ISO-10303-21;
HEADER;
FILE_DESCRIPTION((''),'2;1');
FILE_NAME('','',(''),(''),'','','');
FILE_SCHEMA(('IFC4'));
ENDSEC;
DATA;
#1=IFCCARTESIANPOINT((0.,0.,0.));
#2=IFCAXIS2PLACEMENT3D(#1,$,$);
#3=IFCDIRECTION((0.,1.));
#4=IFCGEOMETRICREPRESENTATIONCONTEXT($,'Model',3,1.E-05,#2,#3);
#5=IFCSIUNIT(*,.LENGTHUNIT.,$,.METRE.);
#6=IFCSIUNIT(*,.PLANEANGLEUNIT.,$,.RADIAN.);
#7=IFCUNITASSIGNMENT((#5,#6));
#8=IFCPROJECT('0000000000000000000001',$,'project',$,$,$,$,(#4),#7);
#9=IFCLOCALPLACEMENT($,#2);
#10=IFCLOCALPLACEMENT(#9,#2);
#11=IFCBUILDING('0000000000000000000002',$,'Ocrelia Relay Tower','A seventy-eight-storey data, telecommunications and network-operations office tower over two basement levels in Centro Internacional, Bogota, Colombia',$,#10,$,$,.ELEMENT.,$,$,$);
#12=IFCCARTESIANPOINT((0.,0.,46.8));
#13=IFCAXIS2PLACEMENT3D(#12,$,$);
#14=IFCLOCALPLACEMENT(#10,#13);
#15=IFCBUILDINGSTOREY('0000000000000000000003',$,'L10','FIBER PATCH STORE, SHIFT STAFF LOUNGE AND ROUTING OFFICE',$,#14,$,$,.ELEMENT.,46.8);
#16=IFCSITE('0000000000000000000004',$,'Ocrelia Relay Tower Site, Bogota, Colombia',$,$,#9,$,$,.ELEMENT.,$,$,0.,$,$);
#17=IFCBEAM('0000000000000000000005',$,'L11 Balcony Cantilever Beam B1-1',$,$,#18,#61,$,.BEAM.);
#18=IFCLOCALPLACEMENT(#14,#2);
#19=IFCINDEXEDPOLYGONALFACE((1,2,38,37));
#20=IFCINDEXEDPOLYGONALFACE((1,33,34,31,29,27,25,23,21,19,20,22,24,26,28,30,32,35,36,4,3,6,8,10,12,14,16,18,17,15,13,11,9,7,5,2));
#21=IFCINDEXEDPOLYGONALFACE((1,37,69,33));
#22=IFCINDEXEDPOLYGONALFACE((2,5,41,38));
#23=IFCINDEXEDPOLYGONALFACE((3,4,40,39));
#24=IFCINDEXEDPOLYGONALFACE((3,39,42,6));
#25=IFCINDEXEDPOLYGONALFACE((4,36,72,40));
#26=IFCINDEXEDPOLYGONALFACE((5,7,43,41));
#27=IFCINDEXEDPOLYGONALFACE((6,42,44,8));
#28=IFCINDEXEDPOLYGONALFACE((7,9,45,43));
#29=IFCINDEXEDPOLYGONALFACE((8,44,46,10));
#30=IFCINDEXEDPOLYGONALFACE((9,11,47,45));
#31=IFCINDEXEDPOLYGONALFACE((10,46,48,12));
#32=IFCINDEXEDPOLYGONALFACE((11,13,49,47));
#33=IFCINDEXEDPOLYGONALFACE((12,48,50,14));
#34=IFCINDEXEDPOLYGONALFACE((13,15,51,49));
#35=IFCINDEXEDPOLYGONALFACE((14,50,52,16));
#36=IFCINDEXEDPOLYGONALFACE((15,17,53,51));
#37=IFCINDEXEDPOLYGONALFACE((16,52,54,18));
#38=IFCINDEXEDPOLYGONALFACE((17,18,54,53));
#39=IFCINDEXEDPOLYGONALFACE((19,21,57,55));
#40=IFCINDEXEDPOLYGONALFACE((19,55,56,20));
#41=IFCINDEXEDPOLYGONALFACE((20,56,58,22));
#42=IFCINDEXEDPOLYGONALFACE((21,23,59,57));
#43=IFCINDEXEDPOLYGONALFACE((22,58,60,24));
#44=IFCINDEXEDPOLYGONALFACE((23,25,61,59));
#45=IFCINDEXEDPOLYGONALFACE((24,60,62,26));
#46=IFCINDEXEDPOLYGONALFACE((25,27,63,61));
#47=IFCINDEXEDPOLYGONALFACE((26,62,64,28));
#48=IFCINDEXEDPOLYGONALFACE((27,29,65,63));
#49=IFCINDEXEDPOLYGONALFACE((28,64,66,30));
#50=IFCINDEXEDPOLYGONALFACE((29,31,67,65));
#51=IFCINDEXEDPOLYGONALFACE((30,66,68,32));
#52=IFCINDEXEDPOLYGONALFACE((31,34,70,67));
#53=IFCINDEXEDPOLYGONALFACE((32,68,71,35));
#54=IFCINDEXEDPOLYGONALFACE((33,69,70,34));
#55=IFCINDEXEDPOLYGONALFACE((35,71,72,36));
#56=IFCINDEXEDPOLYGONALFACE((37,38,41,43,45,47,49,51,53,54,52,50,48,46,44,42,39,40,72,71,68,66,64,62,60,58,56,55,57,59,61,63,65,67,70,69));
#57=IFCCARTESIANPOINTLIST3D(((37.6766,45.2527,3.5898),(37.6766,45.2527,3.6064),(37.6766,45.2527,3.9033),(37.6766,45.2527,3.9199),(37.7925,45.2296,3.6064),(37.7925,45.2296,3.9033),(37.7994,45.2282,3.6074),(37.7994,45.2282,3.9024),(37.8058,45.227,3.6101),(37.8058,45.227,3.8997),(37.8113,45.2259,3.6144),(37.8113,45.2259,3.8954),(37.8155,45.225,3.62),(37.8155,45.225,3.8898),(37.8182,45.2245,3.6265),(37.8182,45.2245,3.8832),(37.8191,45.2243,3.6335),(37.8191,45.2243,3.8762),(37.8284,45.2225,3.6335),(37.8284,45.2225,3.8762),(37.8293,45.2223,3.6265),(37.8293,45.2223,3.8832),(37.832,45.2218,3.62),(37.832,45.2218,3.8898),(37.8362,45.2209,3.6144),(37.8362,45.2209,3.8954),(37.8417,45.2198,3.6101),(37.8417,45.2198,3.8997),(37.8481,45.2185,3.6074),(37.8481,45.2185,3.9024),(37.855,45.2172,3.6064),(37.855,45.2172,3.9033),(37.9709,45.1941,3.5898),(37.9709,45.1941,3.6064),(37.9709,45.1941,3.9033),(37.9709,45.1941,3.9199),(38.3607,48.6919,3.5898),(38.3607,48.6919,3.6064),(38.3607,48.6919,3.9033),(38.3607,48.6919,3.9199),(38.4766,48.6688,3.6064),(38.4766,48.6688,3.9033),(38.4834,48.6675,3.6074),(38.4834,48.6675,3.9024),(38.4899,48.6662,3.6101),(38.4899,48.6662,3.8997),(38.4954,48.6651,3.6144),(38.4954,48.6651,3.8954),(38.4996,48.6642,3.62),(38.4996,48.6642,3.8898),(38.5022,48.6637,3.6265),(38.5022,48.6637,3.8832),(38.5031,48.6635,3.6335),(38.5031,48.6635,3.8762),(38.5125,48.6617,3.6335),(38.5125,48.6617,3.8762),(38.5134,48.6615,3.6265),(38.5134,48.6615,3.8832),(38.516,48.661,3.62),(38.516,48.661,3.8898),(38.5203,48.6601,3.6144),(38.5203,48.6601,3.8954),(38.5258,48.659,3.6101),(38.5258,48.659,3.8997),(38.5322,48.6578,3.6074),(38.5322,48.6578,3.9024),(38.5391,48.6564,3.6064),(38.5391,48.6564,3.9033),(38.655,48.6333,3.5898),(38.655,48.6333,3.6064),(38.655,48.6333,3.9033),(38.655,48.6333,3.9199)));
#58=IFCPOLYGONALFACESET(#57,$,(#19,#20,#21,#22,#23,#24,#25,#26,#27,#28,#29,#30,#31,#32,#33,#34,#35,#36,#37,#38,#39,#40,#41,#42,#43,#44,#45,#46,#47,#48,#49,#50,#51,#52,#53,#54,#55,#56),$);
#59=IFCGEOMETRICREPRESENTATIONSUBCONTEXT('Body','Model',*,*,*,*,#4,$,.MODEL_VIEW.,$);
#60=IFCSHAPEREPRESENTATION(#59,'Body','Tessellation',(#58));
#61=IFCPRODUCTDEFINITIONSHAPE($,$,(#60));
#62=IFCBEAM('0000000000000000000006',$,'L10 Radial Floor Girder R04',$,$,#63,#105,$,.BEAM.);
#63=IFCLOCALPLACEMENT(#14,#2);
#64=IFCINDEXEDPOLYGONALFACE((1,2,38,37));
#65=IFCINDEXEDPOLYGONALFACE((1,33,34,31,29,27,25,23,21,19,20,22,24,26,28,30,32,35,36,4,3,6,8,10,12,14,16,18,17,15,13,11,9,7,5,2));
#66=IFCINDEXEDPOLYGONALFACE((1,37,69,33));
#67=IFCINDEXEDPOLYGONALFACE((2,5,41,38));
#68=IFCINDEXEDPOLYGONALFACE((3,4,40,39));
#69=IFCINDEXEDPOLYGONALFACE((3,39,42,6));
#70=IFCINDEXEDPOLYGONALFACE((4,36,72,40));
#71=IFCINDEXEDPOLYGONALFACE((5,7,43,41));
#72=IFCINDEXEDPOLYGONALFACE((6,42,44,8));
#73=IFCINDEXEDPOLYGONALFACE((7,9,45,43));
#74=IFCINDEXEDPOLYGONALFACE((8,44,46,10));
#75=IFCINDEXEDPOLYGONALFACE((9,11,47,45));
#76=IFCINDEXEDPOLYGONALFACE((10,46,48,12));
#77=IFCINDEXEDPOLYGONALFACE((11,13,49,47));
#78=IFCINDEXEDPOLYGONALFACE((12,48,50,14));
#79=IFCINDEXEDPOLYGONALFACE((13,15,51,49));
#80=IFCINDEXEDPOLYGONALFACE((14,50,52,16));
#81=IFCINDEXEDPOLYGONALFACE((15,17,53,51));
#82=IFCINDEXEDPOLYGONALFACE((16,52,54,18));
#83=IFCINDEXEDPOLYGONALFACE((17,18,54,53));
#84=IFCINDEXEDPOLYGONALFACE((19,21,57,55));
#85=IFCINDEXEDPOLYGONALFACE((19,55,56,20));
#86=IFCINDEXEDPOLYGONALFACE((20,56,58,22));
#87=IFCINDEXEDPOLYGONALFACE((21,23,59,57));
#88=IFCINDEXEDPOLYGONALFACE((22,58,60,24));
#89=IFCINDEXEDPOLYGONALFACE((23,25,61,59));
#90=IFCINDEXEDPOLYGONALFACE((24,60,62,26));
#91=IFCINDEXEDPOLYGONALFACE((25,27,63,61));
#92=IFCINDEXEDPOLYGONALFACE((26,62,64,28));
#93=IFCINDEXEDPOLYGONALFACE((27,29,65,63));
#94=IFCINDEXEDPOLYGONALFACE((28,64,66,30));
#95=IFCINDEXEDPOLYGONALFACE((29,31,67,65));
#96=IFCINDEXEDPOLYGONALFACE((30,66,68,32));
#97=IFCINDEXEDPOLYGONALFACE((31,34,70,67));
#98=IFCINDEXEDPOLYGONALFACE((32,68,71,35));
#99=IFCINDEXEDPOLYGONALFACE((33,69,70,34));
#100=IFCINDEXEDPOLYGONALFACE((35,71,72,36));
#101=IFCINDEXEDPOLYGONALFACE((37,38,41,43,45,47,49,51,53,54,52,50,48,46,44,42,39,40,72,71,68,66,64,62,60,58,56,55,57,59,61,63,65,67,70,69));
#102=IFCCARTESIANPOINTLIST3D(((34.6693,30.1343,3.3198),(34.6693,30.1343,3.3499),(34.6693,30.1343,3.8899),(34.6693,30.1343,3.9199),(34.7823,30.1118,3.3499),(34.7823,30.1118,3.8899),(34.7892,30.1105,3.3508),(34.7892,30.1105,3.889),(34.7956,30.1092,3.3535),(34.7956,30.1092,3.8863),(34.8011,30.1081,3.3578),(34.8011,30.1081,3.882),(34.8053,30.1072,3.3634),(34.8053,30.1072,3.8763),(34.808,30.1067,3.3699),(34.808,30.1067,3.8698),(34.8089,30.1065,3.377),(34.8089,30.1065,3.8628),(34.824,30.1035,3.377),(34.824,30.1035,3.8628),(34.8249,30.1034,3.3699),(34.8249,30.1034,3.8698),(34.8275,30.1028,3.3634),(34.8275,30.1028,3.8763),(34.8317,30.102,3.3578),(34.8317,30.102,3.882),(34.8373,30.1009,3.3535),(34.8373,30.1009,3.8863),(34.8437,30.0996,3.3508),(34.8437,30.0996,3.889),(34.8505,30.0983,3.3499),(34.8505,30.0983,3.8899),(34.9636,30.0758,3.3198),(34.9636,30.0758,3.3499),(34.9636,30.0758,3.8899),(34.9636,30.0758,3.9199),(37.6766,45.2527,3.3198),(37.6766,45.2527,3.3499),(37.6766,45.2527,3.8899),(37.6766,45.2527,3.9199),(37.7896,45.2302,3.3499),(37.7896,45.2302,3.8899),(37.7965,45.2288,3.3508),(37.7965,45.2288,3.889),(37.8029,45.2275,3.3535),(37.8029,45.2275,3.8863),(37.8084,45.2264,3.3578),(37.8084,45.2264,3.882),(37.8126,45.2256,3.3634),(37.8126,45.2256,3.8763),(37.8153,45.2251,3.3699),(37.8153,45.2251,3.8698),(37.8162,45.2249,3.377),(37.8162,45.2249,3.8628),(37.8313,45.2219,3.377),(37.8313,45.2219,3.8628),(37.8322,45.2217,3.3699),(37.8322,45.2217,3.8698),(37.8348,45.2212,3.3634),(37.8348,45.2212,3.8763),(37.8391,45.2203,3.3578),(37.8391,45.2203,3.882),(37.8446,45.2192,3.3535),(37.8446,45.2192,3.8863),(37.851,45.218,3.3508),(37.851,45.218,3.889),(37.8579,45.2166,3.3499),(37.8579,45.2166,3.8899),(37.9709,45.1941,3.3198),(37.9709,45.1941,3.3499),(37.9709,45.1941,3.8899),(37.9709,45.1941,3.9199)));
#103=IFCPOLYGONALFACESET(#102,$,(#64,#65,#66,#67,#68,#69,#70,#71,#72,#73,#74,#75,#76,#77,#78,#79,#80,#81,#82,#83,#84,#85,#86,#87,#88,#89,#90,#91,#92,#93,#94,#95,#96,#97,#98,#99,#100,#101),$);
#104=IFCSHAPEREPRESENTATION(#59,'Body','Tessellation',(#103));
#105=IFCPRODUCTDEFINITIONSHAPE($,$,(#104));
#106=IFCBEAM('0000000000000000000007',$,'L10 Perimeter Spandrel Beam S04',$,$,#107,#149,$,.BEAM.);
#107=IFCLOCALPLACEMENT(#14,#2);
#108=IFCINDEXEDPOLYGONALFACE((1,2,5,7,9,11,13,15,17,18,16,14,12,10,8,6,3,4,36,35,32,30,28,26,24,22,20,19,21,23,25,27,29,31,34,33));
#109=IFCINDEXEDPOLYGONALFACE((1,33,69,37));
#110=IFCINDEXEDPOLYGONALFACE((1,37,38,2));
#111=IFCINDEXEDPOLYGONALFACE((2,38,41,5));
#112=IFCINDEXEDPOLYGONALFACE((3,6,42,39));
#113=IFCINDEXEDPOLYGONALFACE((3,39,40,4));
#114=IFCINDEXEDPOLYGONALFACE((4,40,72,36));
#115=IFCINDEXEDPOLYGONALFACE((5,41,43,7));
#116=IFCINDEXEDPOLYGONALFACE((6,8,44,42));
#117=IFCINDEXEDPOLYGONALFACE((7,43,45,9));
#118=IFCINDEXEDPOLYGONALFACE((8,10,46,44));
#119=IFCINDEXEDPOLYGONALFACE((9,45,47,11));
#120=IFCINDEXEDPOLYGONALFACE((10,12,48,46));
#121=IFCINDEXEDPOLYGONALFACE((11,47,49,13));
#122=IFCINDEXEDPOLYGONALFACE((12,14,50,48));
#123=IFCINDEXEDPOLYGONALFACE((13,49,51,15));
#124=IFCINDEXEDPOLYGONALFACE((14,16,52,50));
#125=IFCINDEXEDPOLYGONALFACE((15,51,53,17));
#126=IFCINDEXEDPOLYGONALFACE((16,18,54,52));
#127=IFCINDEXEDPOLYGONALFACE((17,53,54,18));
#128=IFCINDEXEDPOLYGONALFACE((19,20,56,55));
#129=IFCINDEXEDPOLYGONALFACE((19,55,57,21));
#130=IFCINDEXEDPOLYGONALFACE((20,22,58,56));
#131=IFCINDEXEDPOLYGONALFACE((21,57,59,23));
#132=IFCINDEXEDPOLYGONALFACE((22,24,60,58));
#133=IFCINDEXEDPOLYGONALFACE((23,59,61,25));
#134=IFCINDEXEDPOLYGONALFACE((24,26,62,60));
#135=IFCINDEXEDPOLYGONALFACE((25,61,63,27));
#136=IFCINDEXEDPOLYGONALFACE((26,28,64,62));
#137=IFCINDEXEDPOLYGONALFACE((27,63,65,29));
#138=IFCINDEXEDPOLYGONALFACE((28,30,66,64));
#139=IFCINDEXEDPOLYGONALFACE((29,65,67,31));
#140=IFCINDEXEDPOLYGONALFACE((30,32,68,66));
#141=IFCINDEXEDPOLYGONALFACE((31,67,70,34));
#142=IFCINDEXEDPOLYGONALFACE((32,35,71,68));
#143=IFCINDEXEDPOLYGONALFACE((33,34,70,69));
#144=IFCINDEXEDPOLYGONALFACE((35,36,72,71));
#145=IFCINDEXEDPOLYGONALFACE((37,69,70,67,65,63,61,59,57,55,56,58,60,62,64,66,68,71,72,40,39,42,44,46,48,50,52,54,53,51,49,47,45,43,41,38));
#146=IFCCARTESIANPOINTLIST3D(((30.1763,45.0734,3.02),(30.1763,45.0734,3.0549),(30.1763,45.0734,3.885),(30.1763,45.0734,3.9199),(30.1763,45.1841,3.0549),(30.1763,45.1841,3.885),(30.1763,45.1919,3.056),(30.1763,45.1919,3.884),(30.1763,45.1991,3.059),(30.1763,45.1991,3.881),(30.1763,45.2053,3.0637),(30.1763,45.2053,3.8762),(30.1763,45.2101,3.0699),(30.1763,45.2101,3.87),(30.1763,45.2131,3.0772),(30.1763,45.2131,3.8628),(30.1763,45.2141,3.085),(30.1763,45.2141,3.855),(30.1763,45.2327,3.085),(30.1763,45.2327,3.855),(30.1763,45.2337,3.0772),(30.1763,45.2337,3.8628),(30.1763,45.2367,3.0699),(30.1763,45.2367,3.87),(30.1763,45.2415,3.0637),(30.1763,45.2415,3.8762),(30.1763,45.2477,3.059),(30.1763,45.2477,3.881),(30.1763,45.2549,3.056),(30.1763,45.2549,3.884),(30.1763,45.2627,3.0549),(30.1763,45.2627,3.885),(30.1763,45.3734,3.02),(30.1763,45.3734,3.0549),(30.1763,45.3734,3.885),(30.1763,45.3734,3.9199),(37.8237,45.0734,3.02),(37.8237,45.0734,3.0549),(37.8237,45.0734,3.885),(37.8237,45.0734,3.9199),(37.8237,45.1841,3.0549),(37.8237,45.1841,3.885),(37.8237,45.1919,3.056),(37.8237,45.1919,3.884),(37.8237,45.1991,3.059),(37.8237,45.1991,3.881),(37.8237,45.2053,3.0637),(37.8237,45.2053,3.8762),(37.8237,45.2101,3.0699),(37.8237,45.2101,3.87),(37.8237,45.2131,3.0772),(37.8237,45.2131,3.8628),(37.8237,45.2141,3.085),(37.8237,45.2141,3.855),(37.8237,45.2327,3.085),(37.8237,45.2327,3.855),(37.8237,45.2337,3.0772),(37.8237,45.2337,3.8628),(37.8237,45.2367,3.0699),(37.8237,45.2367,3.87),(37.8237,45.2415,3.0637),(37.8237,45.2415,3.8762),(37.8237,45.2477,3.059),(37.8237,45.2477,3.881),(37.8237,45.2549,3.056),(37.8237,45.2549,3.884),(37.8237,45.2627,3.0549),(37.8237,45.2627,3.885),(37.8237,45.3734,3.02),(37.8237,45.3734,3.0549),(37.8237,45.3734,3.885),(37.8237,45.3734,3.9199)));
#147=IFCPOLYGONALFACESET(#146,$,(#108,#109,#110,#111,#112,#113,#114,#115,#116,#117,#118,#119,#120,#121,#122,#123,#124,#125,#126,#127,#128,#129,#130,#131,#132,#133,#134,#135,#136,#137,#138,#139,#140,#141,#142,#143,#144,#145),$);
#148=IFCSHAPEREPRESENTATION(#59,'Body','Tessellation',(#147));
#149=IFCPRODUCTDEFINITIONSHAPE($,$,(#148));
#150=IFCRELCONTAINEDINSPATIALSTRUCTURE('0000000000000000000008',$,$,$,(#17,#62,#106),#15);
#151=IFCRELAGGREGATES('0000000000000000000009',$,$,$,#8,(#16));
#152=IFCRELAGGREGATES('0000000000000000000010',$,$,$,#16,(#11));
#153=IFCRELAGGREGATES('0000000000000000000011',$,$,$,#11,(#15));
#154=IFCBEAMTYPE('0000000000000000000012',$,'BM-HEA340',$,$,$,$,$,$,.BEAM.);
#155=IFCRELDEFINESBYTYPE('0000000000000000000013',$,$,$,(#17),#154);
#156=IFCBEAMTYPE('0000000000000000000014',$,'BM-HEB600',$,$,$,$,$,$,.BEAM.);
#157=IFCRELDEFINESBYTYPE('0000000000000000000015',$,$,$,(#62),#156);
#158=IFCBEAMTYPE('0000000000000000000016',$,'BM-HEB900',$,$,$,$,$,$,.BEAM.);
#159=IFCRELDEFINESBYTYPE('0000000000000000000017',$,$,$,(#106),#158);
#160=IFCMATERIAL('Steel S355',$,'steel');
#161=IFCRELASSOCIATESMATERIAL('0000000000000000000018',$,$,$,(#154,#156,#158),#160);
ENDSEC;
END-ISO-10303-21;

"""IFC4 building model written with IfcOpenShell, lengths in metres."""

from ifc_helpers import new_model, si_unit, direction, frame, origin, origin_2d, place, context, subcontext, project, spatial, i_section, extrude, material, material_profile, profile_set, type_object, element, save


model = new_model("IFC4")

# Units and contexts
model_context = context("Model", 3, precision=1e-05, world=origin(), true_north=direction((0.0, 1.0)))
body_context = subcontext(model_context, "Body", "Model", "MODEL_VIEW")
ifc_project = project(units=[si_unit("LENGTHUNIT", "METRE"), si_unit("PLANEANGLEUNIT", "RADIAN")], contexts=[model_context])

# Site, building, storey
site_placement = place(None, origin())
site = spatial("IfcSite", under=ifc_project, at=site_placement, Name="Ocrelia Relay Tower Site, Bogota, Colombia", CompositionType="ELEMENT", RefElevation=0.0)
building_placement = place(site_placement, origin())
building = spatial("IfcBuilding", under=site, at=building_placement, Name="Ocrelia Relay Tower", Description="A seventy-eight-storey data, telecommunications and network-operations office tower over two basement levels in Centro Internacional, Bogota, Colombia", CompositionType="ELEMENT")
storey_placement = place(building_placement, frame((0.0, 0.0, 46.8)))
storey = spatial("IfcBuildingStorey", under=building, at=storey_placement, Name="L10", Description="FIBER PATCH STORE, SHIFT STAFF LOUNGE AND ROUTING OFFICE", CompositionType="ELEMENT", Elevation=46.8)

# Beams
ifc_material_1 = material(Name="Steel S355", Category="steel")
ifc_material_profile_1 = material_profile(ifc_material_1, i_section(OverallWidth=0.3, OverallDepth=0.3301, WebThickness=0.0095, FlangeThickness=0.0166, FilletRadius=0.0271, at=origin_2d()), Name="HEA 340")
ifc_profile_set_1 = profile_set([ifc_material_profile_1], Name="Steel S355")
beam_type_1 = type_object("IfcBeamType", Name="BM-HEA340", PredefinedType="BEAM", material=ifc_profile_set_1)
beam_1_placement = place(storey_placement, frame((37.8237, 45.2234, 3.7549), z_axis=(0.195085, 0.980786, 0.0), x_axis=(-0.980786, 0.195085, 0.0)))
element("IfcBeam", 1, at=beam_1_placement, inside=storey, type_object=beam_type_1, Name="L11 Balcony Cantilever Beam B1-1", PredefinedType="BEAM", context=body_context, shape_type="SweptSolid", body=[
    extrude(i_section(OverallWidth=0.3, OverallDepth=0.3301, WebThickness=0.0095, FlangeThickness=0.0166, FilletRadius=0.0271, at=origin_2d()), origin(), (0.0, 0.0, 1.0), 3.5066),
])
ifc_material_profile_2 = material_profile(ifc_material_1, i_section(OverallWidth=0.3, OverallDepth=0.6001, WebThickness=0.0154, FlangeThickness=0.03, FilletRadius=0.0271, at=origin_2d()), Name="HEB 600")
ifc_profile_set_2 = profile_set([ifc_material_profile_2], Name="Steel S355")
beam_type_2 = type_object("IfcBeamType", Name="BM-HEB600", PredefinedType="BEAM", material=ifc_profile_set_2)
beam_2_placement = place(storey_placement, frame((37.8237, 45.2234, 3.6199), z_axis=(-0.195096, -0.980784, 0.0), x_axis=(0.980784, -0.195096, 0.0)))
element("IfcBeam", 2, at=beam_2_placement, inside=storey, type_object=beam_type_2, Name="L10 Radial Floor Girder R04", PredefinedType="BEAM", context=body_context, shape_type="SweptSolid", body=[
    extrude(i_section(OverallWidth=0.3, OverallDepth=0.6001, WebThickness=0.0154, FlangeThickness=0.03, FilletRadius=0.0271, at=origin_2d()), origin(), (0.0, 0.0, 1.0), 15.4146),
])
ifc_material_profile_3 = material_profile(ifc_material_1, i_section(OverallWidth=0.3, OverallDepth=0.8999, WebThickness=0.0186, FlangeThickness=0.0349, FilletRadius=0.03, at=origin_2d()), Name="HEB 900")
ifc_profile_set_3 = profile_set([ifc_material_profile_3], Name="Steel S355")
beam_type_3 = type_object("IfcBeamType", Name="BM-HEB900", PredefinedType="BEAM", material=ifc_profile_set_3)
beam_3_placement = place(storey_placement, frame((37.8237, 45.2234, 3.47), z_axis=(-1.0, 0.0, 0.0), x_axis=(0.0, -1.0, 0.0)))
element("IfcBeam", 3, at=beam_3_placement, inside=storey, type_object=beam_type_3, Name="L10 Perimeter Spandrel Beam S04", PredefinedType="BEAM", context=body_context, shape_type="SweptSolid", body=[
    extrude(i_section(OverallWidth=0.3, OverallDepth=0.8999, WebThickness=0.0186, FlangeThickness=0.0349, FilletRadius=0.03, at=origin_2d()), origin(), (0.0, 0.0, 1.0), 7.6475),
])

save(model, "model.ifc")
